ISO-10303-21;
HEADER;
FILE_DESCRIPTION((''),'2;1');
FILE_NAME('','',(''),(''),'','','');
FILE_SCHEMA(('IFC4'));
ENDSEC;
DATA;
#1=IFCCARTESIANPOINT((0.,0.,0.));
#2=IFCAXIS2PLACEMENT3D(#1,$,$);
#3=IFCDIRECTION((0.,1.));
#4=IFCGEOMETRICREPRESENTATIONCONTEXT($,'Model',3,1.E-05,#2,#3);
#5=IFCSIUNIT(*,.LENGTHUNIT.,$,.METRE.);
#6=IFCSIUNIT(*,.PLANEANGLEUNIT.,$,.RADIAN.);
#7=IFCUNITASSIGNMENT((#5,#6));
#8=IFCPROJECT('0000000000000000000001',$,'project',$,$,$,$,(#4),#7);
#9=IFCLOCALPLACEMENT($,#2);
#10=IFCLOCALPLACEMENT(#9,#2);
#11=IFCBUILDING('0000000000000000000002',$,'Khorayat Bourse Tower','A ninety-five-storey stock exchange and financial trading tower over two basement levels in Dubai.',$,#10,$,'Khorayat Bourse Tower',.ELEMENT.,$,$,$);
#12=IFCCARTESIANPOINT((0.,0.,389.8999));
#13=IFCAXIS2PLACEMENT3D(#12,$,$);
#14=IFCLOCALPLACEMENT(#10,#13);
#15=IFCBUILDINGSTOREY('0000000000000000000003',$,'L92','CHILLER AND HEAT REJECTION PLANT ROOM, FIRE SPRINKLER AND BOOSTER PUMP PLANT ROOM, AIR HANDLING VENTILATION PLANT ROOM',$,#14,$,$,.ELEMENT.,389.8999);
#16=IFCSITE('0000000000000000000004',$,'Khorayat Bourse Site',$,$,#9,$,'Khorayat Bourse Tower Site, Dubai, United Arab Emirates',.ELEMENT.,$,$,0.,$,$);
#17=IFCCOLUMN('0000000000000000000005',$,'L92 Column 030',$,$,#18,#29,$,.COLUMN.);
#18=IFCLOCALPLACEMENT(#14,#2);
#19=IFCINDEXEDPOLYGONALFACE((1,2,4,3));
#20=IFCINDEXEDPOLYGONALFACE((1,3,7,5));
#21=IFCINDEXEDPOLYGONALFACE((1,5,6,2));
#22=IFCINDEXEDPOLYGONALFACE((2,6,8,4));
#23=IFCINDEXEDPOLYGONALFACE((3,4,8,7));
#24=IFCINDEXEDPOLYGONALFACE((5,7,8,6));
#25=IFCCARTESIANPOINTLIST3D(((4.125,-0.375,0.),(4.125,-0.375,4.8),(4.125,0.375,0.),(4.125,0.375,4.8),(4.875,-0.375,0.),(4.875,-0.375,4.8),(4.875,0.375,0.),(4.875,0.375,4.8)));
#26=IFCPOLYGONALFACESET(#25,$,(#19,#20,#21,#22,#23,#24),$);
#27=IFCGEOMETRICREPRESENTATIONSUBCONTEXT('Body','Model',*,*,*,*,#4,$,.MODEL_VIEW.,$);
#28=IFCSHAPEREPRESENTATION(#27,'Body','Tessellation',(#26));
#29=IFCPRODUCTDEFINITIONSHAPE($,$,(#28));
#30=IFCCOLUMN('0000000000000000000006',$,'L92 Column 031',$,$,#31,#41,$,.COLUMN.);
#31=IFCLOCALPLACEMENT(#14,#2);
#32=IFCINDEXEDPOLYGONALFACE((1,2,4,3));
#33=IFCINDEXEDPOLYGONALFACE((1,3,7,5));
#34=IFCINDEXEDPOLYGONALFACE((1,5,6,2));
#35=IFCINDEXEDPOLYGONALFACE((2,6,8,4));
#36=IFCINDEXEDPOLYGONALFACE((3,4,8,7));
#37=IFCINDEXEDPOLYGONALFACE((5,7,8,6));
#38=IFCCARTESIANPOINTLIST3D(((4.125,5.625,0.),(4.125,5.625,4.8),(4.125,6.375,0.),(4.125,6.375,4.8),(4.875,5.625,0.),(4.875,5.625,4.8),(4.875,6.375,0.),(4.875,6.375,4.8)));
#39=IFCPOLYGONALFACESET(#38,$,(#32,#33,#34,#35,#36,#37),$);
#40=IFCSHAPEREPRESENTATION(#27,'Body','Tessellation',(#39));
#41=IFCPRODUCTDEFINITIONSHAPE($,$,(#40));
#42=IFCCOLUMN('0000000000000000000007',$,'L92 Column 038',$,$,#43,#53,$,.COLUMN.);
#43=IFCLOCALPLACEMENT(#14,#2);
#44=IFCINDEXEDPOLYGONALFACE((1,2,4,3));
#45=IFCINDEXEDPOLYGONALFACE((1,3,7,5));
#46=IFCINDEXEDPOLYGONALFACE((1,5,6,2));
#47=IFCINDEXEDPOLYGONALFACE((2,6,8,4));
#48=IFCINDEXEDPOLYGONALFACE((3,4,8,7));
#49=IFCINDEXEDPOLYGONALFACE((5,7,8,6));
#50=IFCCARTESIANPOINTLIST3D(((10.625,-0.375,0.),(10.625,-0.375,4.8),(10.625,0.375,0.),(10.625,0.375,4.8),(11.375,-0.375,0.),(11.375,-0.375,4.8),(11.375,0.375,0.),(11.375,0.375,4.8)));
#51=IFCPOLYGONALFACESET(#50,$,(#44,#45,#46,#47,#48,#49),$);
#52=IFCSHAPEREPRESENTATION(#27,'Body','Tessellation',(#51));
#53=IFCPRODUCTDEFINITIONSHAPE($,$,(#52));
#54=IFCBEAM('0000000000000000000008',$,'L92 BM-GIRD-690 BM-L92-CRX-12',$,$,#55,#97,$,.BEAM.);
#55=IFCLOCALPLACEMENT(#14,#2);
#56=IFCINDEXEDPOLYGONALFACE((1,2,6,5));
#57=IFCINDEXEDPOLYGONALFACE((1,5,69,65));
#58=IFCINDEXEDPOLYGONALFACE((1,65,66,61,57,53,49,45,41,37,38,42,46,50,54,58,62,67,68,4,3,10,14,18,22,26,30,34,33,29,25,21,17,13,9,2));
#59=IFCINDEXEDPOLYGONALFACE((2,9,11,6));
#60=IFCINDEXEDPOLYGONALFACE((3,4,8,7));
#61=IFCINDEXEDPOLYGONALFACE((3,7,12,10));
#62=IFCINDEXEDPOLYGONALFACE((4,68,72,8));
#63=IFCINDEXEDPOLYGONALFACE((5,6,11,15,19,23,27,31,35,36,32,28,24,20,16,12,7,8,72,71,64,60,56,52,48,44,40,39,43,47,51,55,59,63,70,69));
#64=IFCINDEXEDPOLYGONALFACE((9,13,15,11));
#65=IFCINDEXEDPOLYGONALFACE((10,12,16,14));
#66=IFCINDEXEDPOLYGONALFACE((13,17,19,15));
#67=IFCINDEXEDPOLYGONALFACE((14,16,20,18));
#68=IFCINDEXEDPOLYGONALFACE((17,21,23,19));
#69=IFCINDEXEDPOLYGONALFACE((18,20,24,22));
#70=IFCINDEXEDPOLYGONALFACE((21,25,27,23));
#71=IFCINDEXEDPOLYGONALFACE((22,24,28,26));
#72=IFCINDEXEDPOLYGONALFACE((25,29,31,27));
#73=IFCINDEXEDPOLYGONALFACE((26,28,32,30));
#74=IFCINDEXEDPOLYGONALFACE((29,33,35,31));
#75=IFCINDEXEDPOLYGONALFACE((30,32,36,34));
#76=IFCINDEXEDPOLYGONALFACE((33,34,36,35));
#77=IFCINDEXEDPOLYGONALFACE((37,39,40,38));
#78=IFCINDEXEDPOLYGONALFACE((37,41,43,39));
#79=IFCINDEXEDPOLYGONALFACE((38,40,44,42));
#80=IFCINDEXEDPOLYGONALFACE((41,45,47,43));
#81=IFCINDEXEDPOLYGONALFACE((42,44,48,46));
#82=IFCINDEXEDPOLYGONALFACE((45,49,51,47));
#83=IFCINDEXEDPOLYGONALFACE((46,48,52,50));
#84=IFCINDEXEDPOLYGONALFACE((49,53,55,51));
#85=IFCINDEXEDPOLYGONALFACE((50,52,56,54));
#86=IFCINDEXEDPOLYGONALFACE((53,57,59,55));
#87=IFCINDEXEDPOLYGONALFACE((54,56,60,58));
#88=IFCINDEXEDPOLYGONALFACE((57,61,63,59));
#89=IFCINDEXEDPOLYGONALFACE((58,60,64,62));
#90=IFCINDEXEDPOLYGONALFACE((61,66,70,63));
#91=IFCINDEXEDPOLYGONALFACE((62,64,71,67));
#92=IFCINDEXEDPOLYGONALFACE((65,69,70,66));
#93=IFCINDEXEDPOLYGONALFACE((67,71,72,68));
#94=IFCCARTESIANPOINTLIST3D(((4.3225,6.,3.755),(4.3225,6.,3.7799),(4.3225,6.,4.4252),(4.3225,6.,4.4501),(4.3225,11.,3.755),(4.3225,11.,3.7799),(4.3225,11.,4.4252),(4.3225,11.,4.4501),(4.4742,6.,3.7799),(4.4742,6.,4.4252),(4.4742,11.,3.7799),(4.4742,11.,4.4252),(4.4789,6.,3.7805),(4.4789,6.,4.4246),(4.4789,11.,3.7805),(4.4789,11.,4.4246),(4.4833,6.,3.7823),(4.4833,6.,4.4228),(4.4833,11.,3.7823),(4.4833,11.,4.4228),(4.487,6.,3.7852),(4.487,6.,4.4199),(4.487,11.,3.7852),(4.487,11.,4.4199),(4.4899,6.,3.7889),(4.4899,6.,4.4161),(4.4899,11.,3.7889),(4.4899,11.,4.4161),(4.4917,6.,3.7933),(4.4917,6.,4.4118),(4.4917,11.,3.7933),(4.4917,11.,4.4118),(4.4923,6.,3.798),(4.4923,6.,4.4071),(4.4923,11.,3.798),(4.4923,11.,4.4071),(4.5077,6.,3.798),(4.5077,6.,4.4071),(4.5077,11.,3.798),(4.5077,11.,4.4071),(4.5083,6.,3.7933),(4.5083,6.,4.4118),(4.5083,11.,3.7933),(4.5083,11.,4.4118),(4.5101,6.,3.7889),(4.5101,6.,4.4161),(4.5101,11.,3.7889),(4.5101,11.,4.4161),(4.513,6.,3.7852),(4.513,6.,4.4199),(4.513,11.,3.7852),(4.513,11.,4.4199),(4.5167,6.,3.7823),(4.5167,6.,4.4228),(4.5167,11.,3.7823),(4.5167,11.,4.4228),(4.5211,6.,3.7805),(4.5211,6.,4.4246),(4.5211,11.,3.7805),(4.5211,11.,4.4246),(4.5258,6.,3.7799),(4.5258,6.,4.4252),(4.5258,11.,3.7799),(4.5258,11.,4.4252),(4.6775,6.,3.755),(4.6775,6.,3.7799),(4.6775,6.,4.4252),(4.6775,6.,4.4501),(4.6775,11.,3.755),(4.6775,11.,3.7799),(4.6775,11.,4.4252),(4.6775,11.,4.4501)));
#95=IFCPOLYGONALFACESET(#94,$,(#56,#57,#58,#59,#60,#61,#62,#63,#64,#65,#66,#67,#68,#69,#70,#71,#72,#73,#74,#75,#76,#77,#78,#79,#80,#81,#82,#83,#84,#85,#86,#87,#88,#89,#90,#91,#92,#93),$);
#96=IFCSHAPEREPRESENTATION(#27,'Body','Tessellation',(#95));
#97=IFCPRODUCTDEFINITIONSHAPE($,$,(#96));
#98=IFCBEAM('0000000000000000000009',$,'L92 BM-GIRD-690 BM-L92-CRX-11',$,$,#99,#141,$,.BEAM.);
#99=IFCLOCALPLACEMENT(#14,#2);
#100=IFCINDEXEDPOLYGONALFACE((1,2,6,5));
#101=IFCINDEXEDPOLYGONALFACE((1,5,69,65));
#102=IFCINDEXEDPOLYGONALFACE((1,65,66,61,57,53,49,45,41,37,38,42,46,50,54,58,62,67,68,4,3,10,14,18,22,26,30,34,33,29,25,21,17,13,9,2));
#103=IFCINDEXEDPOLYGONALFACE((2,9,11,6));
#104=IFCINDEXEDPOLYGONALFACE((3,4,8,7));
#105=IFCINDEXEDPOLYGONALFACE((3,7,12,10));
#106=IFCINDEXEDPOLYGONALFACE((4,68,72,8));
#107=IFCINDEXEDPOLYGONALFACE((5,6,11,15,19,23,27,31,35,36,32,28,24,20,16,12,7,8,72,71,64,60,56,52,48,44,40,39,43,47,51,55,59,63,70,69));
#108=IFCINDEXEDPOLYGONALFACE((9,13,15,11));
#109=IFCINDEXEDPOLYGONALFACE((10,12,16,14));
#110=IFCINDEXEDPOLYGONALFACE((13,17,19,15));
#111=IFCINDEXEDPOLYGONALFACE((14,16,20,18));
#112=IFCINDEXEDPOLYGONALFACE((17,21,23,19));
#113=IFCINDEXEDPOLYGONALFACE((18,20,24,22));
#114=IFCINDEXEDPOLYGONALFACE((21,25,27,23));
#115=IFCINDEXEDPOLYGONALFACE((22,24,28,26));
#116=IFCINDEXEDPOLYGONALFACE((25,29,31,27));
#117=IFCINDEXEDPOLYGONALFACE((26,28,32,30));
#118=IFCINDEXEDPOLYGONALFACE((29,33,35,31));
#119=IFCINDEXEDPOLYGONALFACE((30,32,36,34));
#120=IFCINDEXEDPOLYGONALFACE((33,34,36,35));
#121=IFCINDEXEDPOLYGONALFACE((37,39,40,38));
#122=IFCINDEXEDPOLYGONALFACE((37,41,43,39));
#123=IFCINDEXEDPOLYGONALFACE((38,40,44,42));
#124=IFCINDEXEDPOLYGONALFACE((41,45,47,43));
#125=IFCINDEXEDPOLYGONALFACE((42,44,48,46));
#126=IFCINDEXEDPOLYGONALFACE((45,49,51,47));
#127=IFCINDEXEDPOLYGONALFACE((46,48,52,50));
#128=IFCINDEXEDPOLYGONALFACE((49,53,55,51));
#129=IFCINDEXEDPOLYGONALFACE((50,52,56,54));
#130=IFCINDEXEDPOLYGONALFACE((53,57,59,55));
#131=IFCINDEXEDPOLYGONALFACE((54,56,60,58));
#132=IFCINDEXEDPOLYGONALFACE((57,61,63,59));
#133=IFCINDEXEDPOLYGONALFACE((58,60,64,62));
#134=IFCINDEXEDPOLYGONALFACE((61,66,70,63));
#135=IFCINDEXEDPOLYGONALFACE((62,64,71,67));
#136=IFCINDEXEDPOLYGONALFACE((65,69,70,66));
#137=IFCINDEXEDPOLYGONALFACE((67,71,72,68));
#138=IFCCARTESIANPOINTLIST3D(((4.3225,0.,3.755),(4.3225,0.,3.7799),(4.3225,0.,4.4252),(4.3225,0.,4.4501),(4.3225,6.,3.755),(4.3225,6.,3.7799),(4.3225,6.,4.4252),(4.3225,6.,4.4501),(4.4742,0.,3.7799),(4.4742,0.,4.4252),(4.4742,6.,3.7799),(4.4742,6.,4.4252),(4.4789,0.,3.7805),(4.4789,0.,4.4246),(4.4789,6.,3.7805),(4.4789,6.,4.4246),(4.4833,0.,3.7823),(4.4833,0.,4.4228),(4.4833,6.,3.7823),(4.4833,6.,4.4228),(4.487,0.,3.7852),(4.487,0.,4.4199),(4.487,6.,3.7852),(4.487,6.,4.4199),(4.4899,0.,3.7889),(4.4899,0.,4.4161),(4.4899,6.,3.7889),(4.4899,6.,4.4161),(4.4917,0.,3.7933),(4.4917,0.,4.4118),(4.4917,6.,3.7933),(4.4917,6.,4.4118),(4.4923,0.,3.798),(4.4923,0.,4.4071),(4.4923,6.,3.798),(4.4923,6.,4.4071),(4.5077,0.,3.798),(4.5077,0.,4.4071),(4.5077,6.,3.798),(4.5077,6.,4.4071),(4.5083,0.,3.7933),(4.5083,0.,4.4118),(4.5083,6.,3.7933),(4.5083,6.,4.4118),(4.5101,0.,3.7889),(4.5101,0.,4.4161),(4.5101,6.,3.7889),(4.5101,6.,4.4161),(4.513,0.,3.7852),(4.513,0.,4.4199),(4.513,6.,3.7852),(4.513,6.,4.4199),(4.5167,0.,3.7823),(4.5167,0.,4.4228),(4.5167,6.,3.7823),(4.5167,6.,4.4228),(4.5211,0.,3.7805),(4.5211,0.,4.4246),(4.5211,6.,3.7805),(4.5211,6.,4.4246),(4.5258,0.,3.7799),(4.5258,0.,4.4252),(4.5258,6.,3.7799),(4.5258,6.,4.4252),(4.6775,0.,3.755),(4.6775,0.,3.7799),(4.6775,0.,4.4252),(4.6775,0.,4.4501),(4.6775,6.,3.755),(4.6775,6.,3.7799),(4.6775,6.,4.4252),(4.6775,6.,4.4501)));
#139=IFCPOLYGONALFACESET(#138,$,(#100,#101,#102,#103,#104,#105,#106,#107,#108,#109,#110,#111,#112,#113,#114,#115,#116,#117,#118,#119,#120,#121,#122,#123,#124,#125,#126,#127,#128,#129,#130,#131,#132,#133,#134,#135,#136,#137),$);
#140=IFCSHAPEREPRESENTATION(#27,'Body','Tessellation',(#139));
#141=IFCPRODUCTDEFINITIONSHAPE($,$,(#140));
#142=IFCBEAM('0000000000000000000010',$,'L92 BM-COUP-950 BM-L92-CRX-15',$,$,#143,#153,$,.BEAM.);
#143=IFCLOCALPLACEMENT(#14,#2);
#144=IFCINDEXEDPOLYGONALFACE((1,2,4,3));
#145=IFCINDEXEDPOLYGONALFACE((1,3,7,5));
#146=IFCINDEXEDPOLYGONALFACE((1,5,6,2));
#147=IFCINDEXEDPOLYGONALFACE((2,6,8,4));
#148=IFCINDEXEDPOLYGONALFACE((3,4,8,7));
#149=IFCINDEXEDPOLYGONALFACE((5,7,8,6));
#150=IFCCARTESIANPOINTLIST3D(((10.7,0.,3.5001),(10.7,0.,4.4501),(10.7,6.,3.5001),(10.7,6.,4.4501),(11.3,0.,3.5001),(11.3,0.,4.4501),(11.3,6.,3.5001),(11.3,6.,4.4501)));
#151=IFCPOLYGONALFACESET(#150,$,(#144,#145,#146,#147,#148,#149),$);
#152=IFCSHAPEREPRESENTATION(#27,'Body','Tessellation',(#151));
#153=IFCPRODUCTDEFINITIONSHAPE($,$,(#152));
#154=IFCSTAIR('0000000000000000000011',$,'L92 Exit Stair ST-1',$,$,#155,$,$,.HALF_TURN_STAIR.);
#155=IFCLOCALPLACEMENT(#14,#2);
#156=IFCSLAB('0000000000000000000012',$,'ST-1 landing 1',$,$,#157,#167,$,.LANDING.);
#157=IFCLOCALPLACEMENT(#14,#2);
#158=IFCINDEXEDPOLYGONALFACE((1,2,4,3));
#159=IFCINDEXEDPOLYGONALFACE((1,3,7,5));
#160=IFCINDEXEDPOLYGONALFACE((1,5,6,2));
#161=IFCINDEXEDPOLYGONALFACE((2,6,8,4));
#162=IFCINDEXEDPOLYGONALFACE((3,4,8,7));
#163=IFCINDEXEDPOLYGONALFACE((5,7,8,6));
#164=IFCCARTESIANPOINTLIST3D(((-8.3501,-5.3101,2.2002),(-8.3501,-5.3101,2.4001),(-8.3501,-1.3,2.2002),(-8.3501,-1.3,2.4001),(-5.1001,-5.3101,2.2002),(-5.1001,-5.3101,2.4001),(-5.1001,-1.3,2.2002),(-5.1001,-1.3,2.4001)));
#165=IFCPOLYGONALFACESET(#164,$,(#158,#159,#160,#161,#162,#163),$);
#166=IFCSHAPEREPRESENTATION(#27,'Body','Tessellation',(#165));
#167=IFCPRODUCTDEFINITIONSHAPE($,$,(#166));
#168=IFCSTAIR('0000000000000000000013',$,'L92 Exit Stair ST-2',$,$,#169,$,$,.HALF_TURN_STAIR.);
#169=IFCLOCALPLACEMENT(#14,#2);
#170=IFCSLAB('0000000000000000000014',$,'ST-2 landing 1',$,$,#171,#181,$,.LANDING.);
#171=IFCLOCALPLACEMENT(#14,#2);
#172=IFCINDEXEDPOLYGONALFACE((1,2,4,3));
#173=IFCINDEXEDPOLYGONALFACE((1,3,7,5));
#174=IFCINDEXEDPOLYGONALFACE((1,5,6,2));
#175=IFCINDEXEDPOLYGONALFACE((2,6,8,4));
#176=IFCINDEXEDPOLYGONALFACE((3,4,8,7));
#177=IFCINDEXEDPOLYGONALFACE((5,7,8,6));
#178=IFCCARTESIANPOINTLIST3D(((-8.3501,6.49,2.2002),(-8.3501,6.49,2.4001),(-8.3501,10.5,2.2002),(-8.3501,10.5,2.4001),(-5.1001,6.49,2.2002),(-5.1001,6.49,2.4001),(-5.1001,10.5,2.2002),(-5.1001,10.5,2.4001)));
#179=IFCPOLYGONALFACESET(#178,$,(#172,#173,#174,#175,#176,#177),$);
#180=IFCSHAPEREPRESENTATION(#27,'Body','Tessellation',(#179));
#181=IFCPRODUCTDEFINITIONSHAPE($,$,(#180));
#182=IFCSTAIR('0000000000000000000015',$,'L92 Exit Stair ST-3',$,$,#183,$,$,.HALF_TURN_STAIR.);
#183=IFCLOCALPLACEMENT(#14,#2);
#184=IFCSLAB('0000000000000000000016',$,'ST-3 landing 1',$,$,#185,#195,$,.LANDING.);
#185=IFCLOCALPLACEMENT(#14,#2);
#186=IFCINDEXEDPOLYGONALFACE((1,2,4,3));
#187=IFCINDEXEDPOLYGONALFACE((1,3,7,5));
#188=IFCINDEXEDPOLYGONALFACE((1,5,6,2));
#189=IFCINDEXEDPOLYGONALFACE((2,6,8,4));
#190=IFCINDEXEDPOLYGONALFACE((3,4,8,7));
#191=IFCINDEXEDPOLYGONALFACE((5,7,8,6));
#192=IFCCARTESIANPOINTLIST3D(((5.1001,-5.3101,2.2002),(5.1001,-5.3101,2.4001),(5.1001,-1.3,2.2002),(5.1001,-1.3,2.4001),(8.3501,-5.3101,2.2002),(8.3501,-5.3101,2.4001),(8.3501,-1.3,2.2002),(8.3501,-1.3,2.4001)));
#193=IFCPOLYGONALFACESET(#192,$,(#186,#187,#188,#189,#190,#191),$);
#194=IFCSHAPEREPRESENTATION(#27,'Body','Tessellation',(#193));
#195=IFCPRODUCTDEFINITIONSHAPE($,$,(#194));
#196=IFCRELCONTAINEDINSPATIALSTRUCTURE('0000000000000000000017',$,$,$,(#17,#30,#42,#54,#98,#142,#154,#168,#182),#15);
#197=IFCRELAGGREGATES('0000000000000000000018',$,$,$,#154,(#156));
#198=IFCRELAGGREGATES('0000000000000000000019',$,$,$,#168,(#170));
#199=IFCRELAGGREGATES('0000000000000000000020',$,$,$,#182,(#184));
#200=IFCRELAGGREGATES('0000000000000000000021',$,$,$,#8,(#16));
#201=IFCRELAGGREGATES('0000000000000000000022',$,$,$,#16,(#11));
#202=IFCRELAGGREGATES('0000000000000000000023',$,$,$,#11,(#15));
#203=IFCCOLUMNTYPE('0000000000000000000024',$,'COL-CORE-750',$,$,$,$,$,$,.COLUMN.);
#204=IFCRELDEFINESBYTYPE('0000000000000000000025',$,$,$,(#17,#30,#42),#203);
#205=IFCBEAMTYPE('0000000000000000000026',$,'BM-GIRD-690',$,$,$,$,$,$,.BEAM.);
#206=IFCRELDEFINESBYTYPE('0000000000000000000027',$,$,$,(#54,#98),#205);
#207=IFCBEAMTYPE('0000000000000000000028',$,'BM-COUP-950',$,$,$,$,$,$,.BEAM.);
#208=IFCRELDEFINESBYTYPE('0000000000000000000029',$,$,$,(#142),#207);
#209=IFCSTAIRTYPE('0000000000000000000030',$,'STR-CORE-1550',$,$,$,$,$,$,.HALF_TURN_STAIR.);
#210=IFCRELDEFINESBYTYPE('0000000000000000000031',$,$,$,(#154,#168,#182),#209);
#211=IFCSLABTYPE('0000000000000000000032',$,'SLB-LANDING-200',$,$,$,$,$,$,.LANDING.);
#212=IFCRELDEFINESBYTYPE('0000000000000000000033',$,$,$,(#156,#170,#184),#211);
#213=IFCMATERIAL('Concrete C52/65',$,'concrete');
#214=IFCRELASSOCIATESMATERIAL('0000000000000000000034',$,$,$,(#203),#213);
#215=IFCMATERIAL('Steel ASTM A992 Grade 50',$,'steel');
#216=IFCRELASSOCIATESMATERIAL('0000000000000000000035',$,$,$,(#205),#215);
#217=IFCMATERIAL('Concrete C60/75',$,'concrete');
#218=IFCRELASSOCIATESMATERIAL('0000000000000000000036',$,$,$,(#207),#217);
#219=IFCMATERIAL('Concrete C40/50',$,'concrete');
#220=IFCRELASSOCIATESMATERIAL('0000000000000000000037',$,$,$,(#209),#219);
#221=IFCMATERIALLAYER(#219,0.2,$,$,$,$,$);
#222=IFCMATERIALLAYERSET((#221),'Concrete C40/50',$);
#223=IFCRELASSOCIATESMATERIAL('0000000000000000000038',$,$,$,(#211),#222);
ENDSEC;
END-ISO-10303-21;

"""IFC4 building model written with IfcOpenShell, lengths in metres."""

from ifc_helpers import new_model, si_unit, direction, frame, origin, origin_2d, place, context, subcontext, project, spatial, polyline, rectangle, i_section, outline, extrude, source, transform, mapped, material, layer, layer_set, material_profile, profile_set, type_object, element, aggregate, save


model = new_model("IFC4")

# Units and contexts
model_context = context("Model", 3, precision=1e-05, world=origin(), true_north=direction((0.0, 1.0)))
body_context = subcontext(model_context, "Body", "Model", "MODEL_VIEW")
ifc_project = project(units=[si_unit("LENGTHUNIT", "METRE"), si_unit("PLANEANGLEUNIT", "RADIAN")], contexts=[model_context])

# Site, building, storey
site_placement = place(None, origin())
site = spatial("IfcSite", under=ifc_project, at=site_placement, Name="Khorayat Bourse Site", LongName="Khorayat Bourse Tower Site, Dubai, United Arab Emirates", CompositionType="ELEMENT", RefElevation=0.0)
building_placement = place(site_placement, origin())
building = spatial("IfcBuilding", under=site, at=building_placement, Name="Khorayat Bourse Tower", Description="A ninety-five-storey stock exchange and financial trading tower over two basement levels in Dubai.", LongName="Khorayat Bourse Tower", CompositionType="ELEMENT")
storey_placement = place(building_placement, frame((0.0, 0.0, 389.8999)))
storey = spatial("IfcBuildingStorey", under=building, at=storey_placement, Name="L92", Description="CHILLER AND HEAT REJECTION PLANT ROOM, FIRE SPRINKLER AND BOOSTER PUMP PLANT ROOM, AIR HANDLING VENTILATION PLANT ROOM", CompositionType="ELEMENT", Elevation=389.8999)

# Columns
ifc_material_1 = material(Name="Concrete C52/65", Category="concrete")
ifc_material_profile_1 = material_profile(ifc_material_1, rectangle(XDim=0.75, YDim=0.75, at=origin_2d()), Name="RC 750x750")
ifc_profile_set_1 = profile_set([ifc_material_profile_1], Name="Concrete C52/65")
column_type = type_object("IfcColumnType", Name="COL-CORE-750", PredefinedType="COLUMN", material=ifc_profile_set_1)
shared_shape_1 = source(origin(), body_context, "Body", "SweptSolid", [
    extrude(rectangle(XDim=0.75, YDim=0.75, at=origin_2d()), origin(), (0.0, 0.0, 1.0), 4.8),
])
for number, where, z_axis, x_axis, name in (
    (1, (4.5, 0.0, 0.0), (0.0, 0.0, 1.0), (1.0, 0.0, 0.0), "L92 Column 030"),
    (2, (4.5, 6.0, 0.0), (0.0, 0.0, 1.0), (1.0, 0.0, 0.0), "L92 Column 031"),
    (3, (11.0, 0.0, 0.0), (0.0, 0.0, 1.0), (1.0, 0.0, 0.0), "L92 Column 038"),
):
    element("IfcColumn", number, at=place(storey_placement, frame(where, z_axis=z_axis, x_axis=x_axis)), inside=storey, type_object=column_type, Name=name, PredefinedType="COLUMN", context=body_context, shape_type="MappedRepresentation", body=[
        mapped(shared_shape_1, transform((0.0, 0.0, 0.0), scale=1.0)),
    ])

# Beams
ifc_material_2 = material(Name="Steel ASTM A992 Grade 50", Category="steel")
ifc_material_profile_2 = material_profile(ifc_material_2, i_section(OverallWidth=0.355, OverallDepth=0.6951, WebThickness=0.0154, FlangeThickness=0.0249, FilletRadius=0.0181, at=origin_2d()), Name="W690X217")
ifc_profile_set_2 = profile_set([ifc_material_profile_2], Name="Steel ASTM A992 Grade 50")
beam_type_1 = type_object("IfcBeamType", Name="BM-GIRD-690", PredefinedType="BEAM", material=ifc_profile_set_2)
shared_shape_2 = source(origin(), body_context, "Body", "SweptSolid", [
    extrude(i_section(OverallWidth=0.355, OverallDepth=0.6951, WebThickness=0.0154, FlangeThickness=0.0249, FilletRadius=0.0181, at=origin_2d()), origin(), (0.0, 0.0, 1.0), 5.0),
])
beam_1_placement = place(storey_placement, frame((4.5, 6.0, 4.1025), z_axis=(0.0, 1.0, 0.0), x_axis=(-1.0, 0.0, 0.0)))
element("IfcBeam", 4, at=beam_1_placement, inside=storey, type_object=beam_type_1, Name="L92 BM-GIRD-690 BM-L92-CRX-12", PredefinedType="BEAM", context=body_context, shape_type="MappedRepresentation", body=[
    mapped(shared_shape_2, transform((0.0, 0.0, 0.0), scale=1.0)),
])
shared_shape_3 = source(origin(), body_context, "Body", "SweptSolid", [
    extrude(i_section(OverallWidth=0.355, OverallDepth=0.6951, WebThickness=0.0154, FlangeThickness=0.0249, FilletRadius=0.0181, at=origin_2d()), origin(), (0.0, 0.0, 1.0), 6.0),
])
beam_2_placement = place(storey_placement, frame((4.5, 0.0, 4.1025), z_axis=(0.0, 1.0, 0.0), x_axis=(-1.0, 0.0, 0.0)))
element("IfcBeam", 5, at=beam_2_placement, inside=storey, type_object=beam_type_1, Name="L92 BM-GIRD-690 BM-L92-CRX-11", PredefinedType="BEAM", context=body_context, shape_type="MappedRepresentation", body=[
    mapped(shared_shape_3, transform((0.0, 0.0, 0.0), scale=1.0)),
])
ifc_material_3 = material(Name="Concrete C60/75", Category="concrete")
ifc_material_profile_3 = material_profile(ifc_material_3, rectangle(XDim=0.6001, YDim=0.95, at=origin_2d()), Name="RC 600x950")
ifc_profile_set_3 = profile_set([ifc_material_profile_3], Name="Concrete C60/75")
beam_type_2 = type_object("IfcBeamType", Name="BM-COUP-950", PredefinedType="BEAM", material=ifc_profile_set_3)
shared_shape_4 = source(origin(), body_context, "Body", "SweptSolid", [
    extrude(rectangle(XDim=0.6001, YDim=0.95, at=origin_2d()), origin(), (0.0, 0.0, 1.0), 6.0),
])
beam_3_placement = place(storey_placement, frame((11.0, 0.0, 3.9751), z_axis=(0.0, 1.0, 0.0), x_axis=(-1.0, 0.0, 0.0)))
element("IfcBeam", 6, at=beam_3_placement, inside=storey, type_object=beam_type_2, Name="L92 BM-COUP-950 BM-L92-CRX-15", PredefinedType="BEAM", context=body_context, shape_type="MappedRepresentation", body=[
    mapped(shared_shape_4, transform((0.0, 0.0, 0.0), scale=1.0)),
])

# Stairs, slabs
ifc_material_4 = material(Name="Concrete C40/50", Category="concrete")
stair_type = type_object("IfcStairType", Name="STR-CORE-1550", PredefinedType="HALF_TURN_STAIR", material=ifc_material_4)
stair_1_placement = place(storey_placement, origin())
stair_1 = element("IfcStair", 7, at=stair_1_placement, inside=storey, type_object=stair_type, Name="L92 Exit Stair ST-1", PredefinedType="HALF_TURN_STAIR")
ifc_layer_1 = layer(ifc_material_4, 0.2)
ifc_layer_set_1 = layer_set([ifc_layer_1], Name="Concrete C40/50")
slab_type_1 = type_object("IfcSlabType", Name="SLB-LANDING-200", PredefinedType="LANDING", material=ifc_layer_set_1)
slab_1_placement = place(storey_placement, frame((0.0, 0.0, 2.2002)))
slab_1 = element("IfcSlab", 8, at=slab_1_placement, type_object=slab_type_1, Name="ST-1 landing 1", PredefinedType="LANDING", context=body_context, shape_type="SweptSolid", body=[
    extrude(outline(polyline([(-5.1001, -5.3101), (-5.1001, -1.3), (-8.3501, -1.3), (-8.3501, -5.3101), (-5.1001, -5.3101)])), origin(), (0.0, 0.0, 1.0), 0.2),
])
aggregate(stair_1, [slab_1])
stair_2_placement = place(storey_placement, origin())
stair_2 = element("IfcStair", 9, at=stair_2_placement, inside=storey, type_object=stair_type, Name="L92 Exit Stair ST-2", PredefinedType="HALF_TURN_STAIR")
slab_2_placement = place(storey_placement, frame((0.0, 0.0, 2.2002)))
slab_2 = element("IfcSlab", 10, at=slab_2_placement, type_object=slab_type_1, Name="ST-2 landing 1", PredefinedType="LANDING", context=body_context, shape_type="SweptSolid", body=[
    extrude(outline(polyline([(-5.1001, 6.49), (-5.1001, 10.5), (-8.3501, 10.5), (-8.3501, 6.49), (-5.1001, 6.49)])), origin(), (0.0, 0.0, 1.0), 0.2),
])
aggregate(stair_2, [slab_2])
stair_3_placement = place(storey_placement, origin())
stair_3 = element("IfcStair", 11, at=stair_3_placement, inside=storey, type_object=stair_type, Name="L92 Exit Stair ST-3", PredefinedType="HALF_TURN_STAIR")
slab_3_placement = place(storey_placement, frame((0.0, 0.0, 2.2002)))
slab_3 = element("IfcSlab", 12, at=slab_3_placement, type_object=slab_type_1, Name="ST-3 landing 1", PredefinedType="LANDING", context=body_context, shape_type="SweptSolid", body=[
    extrude(outline(polyline([(8.3501, -5.3101), (8.3501, -1.3), (5.1001, -1.3), (5.1001, -5.3101), (8.3501, -5.3101)])), origin(), (0.0, 0.0, 1.0), 0.2),
])
aggregate(stair_3, [slab_3])

save(model, "model.ifc")
